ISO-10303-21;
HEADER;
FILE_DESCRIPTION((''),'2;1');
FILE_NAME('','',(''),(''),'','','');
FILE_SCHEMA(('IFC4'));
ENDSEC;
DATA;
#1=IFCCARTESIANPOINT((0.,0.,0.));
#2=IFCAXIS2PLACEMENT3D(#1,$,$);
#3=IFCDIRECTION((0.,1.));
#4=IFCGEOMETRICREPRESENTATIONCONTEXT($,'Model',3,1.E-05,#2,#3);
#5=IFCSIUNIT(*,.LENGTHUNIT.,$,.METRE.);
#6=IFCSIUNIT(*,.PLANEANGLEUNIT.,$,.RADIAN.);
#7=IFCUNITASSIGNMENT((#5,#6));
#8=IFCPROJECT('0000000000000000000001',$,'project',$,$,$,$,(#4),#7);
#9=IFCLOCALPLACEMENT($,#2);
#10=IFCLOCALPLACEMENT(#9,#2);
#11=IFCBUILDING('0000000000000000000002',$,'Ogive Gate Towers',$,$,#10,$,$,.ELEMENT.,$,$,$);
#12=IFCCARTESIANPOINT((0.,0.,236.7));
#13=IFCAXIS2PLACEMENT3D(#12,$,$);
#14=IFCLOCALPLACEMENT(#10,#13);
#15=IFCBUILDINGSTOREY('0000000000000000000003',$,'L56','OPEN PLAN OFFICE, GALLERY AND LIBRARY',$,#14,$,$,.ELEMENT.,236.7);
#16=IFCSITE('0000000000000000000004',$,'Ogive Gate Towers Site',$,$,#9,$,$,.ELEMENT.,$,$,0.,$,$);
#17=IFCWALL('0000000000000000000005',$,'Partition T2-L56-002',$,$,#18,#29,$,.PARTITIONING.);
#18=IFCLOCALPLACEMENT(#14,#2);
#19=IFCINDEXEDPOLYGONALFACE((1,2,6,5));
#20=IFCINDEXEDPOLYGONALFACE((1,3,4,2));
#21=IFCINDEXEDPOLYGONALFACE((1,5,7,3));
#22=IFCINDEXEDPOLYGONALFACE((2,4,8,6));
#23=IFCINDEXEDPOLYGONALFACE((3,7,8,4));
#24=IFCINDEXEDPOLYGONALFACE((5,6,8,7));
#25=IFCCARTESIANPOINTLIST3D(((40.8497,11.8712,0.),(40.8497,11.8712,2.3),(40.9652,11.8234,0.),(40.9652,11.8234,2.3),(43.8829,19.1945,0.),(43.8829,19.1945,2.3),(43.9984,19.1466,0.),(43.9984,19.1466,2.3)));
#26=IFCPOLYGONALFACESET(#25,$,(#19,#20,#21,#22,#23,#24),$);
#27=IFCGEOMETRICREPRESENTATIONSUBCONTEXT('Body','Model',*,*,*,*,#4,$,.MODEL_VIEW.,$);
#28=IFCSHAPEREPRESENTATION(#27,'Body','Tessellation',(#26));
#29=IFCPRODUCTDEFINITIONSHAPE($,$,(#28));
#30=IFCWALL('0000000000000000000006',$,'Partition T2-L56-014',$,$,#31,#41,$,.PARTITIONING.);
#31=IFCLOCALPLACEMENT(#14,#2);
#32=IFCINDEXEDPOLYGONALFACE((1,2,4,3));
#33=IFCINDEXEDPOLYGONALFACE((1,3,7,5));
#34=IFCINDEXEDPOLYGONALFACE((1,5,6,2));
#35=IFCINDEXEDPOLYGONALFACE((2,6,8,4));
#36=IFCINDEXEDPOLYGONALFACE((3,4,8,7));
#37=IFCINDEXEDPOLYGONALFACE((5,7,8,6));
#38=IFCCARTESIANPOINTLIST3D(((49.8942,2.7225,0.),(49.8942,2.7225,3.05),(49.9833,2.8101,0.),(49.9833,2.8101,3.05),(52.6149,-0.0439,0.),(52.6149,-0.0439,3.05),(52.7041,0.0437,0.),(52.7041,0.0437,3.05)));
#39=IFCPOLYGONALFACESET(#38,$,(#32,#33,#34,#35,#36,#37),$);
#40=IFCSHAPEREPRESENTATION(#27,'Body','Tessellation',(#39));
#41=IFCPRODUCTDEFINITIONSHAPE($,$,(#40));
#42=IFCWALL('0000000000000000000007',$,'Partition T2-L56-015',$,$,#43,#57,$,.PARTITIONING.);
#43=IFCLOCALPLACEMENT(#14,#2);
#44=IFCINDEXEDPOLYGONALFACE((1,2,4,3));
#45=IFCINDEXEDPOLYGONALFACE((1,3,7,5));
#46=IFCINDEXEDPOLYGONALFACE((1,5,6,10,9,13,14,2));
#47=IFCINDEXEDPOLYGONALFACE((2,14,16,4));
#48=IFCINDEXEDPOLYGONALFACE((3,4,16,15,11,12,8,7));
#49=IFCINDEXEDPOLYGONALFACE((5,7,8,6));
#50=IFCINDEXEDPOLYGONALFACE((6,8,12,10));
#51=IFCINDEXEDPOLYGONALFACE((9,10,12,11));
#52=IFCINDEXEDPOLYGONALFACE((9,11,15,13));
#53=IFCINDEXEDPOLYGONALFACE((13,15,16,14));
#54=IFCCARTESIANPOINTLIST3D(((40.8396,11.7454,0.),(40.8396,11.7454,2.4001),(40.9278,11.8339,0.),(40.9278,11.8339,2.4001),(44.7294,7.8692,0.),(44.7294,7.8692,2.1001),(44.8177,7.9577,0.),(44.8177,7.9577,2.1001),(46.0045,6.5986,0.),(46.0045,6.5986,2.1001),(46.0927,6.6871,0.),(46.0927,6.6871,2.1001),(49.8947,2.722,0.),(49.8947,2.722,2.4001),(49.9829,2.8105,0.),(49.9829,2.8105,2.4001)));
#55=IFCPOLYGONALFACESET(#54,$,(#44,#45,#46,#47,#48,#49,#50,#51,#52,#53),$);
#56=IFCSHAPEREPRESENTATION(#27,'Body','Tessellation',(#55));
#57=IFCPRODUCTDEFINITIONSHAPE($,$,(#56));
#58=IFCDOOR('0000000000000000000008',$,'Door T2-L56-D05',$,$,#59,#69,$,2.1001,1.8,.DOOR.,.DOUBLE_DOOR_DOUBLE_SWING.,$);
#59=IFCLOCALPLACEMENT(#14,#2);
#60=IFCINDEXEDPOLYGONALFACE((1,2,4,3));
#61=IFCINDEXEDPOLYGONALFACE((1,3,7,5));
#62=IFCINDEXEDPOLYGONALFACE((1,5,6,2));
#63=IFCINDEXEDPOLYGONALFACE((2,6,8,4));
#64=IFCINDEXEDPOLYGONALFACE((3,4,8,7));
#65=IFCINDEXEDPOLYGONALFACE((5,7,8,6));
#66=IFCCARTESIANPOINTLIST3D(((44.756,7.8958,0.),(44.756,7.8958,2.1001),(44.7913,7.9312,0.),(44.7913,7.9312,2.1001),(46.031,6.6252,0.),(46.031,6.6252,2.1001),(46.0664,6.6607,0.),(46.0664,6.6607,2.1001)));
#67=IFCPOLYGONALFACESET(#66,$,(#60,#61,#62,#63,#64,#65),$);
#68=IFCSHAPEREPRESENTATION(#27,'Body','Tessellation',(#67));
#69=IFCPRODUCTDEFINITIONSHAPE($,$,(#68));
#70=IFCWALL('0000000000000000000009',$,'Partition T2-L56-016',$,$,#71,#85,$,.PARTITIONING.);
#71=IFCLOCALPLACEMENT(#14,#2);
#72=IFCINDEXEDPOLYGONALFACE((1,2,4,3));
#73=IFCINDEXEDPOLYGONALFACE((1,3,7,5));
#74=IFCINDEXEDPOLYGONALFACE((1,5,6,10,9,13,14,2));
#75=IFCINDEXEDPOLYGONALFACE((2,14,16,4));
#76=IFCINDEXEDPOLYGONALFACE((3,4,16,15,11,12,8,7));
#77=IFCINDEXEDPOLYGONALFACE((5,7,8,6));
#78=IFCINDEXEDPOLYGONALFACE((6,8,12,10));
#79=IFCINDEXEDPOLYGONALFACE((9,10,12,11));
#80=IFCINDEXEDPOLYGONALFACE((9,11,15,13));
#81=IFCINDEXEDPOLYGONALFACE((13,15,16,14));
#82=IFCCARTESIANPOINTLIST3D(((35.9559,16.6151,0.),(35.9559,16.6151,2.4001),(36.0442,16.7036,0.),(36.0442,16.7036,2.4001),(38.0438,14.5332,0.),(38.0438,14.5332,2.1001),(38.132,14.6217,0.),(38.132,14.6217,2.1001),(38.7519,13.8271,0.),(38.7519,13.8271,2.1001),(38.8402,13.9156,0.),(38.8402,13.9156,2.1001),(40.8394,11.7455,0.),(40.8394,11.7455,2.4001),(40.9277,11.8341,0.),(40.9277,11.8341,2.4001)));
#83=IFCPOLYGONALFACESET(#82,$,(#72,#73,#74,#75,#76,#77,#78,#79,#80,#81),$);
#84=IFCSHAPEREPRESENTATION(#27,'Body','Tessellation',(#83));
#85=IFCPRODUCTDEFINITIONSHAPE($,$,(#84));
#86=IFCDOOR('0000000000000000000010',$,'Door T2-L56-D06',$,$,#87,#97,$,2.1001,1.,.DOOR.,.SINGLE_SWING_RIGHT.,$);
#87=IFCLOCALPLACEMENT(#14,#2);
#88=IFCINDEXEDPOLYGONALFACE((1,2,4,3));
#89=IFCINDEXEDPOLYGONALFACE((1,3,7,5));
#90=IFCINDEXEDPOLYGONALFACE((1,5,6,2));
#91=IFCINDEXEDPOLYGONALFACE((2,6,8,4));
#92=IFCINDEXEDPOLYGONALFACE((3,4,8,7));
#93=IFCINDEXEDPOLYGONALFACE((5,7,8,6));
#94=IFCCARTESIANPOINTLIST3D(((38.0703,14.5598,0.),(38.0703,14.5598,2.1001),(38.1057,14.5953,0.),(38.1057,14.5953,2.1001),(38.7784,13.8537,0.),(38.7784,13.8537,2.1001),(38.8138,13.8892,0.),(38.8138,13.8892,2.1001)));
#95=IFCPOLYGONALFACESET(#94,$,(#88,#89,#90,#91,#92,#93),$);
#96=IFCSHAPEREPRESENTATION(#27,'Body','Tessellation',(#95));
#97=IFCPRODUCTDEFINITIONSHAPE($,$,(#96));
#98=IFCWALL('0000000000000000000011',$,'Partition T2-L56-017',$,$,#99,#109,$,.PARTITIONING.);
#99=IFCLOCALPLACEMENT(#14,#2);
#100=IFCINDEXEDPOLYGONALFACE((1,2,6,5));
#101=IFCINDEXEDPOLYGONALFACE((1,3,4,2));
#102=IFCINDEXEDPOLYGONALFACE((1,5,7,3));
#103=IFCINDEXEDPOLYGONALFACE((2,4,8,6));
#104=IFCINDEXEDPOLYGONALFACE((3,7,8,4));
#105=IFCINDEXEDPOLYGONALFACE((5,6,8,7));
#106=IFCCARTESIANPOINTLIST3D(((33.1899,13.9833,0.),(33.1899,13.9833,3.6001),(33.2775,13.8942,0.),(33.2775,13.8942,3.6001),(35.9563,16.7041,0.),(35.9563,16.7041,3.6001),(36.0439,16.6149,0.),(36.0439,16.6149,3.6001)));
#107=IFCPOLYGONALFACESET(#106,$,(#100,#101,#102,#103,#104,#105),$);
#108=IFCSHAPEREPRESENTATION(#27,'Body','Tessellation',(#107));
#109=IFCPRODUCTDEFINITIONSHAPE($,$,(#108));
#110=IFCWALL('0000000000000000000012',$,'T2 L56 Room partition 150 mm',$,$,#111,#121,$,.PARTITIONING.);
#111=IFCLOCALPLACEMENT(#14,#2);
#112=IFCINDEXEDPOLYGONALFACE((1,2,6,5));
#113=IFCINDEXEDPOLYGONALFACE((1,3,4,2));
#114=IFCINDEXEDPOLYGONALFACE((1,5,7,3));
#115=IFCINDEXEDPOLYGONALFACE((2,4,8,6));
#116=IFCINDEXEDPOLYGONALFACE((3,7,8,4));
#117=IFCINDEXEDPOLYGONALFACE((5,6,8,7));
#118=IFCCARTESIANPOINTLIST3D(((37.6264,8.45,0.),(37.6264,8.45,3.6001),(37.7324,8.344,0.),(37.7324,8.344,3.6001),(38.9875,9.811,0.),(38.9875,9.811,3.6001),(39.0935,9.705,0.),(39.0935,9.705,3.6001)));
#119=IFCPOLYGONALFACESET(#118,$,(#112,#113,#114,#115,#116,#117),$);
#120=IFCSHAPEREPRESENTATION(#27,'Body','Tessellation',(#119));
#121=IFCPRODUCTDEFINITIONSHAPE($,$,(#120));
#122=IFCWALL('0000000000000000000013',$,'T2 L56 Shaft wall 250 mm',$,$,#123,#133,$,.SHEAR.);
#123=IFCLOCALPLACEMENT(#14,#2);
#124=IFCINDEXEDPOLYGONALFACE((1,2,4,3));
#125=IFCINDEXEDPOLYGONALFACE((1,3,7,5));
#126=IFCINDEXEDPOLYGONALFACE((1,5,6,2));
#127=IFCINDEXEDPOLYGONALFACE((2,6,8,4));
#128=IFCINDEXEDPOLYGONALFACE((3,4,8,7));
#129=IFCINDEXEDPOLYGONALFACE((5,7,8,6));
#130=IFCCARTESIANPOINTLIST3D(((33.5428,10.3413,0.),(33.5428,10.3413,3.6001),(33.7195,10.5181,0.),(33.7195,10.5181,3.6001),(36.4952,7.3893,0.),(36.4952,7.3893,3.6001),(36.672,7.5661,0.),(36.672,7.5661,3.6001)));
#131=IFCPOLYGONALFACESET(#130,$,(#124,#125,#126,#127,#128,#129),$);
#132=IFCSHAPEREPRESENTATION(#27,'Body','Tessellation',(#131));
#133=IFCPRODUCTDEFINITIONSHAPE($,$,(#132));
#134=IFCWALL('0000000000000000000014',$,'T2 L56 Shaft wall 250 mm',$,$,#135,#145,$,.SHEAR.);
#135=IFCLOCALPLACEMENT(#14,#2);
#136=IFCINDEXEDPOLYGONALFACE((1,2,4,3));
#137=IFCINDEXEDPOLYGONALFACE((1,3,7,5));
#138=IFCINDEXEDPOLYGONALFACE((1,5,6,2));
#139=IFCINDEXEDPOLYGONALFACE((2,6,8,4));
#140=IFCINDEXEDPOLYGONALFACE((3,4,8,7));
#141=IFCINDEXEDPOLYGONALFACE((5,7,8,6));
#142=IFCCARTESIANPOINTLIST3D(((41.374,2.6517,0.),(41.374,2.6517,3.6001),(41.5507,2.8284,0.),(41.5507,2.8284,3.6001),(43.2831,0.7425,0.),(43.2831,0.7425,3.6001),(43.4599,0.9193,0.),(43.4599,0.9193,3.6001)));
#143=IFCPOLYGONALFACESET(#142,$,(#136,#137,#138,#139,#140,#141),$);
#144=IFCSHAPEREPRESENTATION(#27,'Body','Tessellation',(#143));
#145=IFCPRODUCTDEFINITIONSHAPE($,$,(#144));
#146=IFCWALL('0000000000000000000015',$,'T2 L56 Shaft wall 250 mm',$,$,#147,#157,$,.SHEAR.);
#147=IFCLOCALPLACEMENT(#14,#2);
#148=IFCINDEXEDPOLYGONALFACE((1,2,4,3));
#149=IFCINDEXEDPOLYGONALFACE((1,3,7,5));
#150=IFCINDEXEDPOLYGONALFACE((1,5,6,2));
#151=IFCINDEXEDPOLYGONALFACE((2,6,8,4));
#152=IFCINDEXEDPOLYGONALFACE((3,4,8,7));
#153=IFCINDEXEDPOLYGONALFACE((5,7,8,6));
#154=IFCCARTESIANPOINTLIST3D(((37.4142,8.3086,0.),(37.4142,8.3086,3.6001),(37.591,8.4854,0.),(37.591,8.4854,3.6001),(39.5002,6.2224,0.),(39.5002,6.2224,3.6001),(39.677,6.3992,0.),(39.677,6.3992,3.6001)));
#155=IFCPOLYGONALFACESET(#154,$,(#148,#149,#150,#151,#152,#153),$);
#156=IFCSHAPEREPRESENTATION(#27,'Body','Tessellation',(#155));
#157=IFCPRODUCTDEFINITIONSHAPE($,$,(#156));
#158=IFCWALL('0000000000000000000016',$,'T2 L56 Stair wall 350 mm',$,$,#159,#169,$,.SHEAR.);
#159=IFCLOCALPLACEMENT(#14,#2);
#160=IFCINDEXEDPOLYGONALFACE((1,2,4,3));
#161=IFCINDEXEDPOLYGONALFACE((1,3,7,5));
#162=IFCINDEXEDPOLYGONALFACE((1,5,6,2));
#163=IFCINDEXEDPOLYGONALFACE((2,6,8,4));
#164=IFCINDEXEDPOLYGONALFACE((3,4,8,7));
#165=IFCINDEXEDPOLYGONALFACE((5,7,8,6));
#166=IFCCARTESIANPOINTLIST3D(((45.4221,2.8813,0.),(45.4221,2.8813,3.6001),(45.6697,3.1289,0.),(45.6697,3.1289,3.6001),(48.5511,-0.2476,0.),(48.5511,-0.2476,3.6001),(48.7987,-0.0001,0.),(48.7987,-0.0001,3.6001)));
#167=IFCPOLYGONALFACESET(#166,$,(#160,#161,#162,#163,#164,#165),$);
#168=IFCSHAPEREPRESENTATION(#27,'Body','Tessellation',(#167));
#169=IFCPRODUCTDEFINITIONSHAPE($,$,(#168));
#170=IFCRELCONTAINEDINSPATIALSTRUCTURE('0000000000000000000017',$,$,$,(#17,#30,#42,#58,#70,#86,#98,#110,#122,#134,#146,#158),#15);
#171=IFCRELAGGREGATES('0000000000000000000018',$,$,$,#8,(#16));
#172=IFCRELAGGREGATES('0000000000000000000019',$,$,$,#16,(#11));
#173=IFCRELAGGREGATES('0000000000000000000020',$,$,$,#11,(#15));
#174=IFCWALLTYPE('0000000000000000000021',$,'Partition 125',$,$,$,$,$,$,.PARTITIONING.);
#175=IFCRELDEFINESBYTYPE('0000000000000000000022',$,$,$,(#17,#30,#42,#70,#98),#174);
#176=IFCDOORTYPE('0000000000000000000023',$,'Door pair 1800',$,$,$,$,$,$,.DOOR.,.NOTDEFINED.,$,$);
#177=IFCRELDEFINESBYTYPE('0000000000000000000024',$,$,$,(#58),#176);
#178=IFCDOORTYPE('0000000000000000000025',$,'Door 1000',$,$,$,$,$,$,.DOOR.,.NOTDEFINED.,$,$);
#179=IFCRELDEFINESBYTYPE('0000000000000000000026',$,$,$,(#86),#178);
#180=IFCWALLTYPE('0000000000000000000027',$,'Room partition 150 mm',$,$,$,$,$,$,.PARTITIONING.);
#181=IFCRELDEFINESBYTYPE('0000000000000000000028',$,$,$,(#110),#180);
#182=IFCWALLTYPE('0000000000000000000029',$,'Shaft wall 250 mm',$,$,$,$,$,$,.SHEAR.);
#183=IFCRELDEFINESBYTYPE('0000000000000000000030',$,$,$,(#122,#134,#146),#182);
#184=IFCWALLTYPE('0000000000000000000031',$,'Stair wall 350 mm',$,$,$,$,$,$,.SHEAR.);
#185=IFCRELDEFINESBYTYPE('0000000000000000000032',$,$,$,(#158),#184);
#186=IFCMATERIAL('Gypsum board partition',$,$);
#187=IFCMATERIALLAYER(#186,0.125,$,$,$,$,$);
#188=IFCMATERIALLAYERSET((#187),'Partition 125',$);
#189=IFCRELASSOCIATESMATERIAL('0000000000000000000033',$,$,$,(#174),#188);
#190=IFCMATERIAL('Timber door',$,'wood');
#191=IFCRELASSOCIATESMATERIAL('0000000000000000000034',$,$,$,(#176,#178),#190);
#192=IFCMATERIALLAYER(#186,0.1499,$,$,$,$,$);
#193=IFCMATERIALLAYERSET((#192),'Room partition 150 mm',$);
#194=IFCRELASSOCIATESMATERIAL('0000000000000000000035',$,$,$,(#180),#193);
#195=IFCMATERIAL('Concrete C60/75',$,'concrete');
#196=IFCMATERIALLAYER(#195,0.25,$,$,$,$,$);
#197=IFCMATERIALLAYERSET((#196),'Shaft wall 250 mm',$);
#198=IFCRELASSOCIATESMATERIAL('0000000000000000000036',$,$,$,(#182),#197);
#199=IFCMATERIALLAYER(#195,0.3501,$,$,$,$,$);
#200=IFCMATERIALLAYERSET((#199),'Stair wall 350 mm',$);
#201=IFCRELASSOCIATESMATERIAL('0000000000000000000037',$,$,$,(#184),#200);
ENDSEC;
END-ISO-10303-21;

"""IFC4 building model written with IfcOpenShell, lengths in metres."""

from ifc_helpers import new_model, si_unit, direction, frame, frame_2d, origin, place, context, subcontext, project, spatial, rectangle, extrude, material, layer, layer_set, type_object, element, fill, save


model = new_model("IFC4")

# Units and contexts
model_context = context("Model", 3, precision=1e-05, world=origin(), true_north=direction((0.0, 1.0)))
body_context = subcontext(model_context, "Body", "Model", "MODEL_VIEW")
ifc_project = project(units=[si_unit("LENGTHUNIT", "METRE"), si_unit("PLANEANGLEUNIT", "RADIAN")], contexts=[model_context])

# Site, building, storey
site_placement = place(None, origin())
site = spatial("IfcSite", under=ifc_project, at=site_placement, Name="Ogive Gate Towers Site", CompositionType="ELEMENT", RefElevation=0.0)
building_placement = place(site_placement, origin())
building = spatial("IfcBuilding", under=site, at=building_placement, Name="Ogive Gate Towers", CompositionType="ELEMENT")
storey_placement = place(building_placement, frame((0.0, 0.0, 236.7)))
storey = spatial("IfcBuildingStorey", under=building, at=storey_placement, Name="L56", Description="OPEN PLAN OFFICE, GALLERY AND LIBRARY", CompositionType="ELEMENT", Elevation=236.7)

# Shared definitions
ifc_material_1 = material(Name="Concrete C60/75", Category="concrete")

# Walls
ifc_material_2 = material(Name="Gypsum board partition")
ifc_layer_1 = layer(ifc_material_2, 0.125)
ifc_layer_set_1 = layer_set([ifc_layer_1], Name="Partition 125")
wall_type_1 = type_object("IfcWallType", Name="Partition 125", PredefinedType="PARTITIONING", material=ifc_layer_set_1)
wall_1_placement = place(storey_placement, frame((43.9407, 19.1707, 0.0), z_axis=(0.0, 0.0, 1.0), x_axis=(-0.382664, -0.923888, 0.0)))
element("IfcWall", 1, at=wall_1_placement, inside=storey, type_object=wall_type_1, Name="Partition T2-L56-002", PredefinedType="PARTITIONING", context=body_context, shape_type="SweptSolid", body=[
    extrude(rectangle(XDim=7.9265, YDim=0.125, at=frame_2d((3.9634, 0.0))), origin(), (0.0, 0.0, 1.0), 2.3),
])
wall_2_placement = place(storey_placement, frame((52.6594, 0.0, 0.0), z_axis=(0.0, 0.0, 1.0), x_axis=(-0.701199, 0.712965, 0.0)))
element("IfcWall", 2, at=wall_2_placement, inside=storey, type_object=wall_type_1, Name="Partition T2-L56-014", PredefinedType="PARTITIONING", context=body_context, shape_type="SweptSolid", body=[
    extrude(rectangle(XDim=3.8801, YDim=0.125, at=frame_2d((1.9399, 0.0))), origin(), (0.0, 0.0, 1.0), 3.05),
])

# Walls, openings, doors
wall_3_placement = place(storey_placement, frame((49.9387, 2.7664, 0.0), z_axis=(0.0, 0.0, 1.0), x_axis=(-0.708347, 0.705864, 0.0)))
wall_3 = element("IfcWall", 3, at=wall_3_placement, inside=storey, type_object=wall_type_1, Name="Partition T2-L56-015", PredefinedType="PARTITIONING", context=body_context, shape_type="SweptSolid", body=[
    extrude(rectangle(XDim=12.7834, YDim=0.125, at=frame_2d((6.3916, 0.0))), origin(), (0.0, 0.0, 1.0), 2.4001),
])
opening_1_placement = place(wall_3_placement, frame((5.4919, 0.0, 0.0)))
opening_1 = element("IfcOpeningElement", 4, at=opening_1_placement, cuts=wall_3, PredefinedType="OPENING", context=body_context, shape_type="SweptSolid", body=[
    extrude(rectangle(XDim=1.8, YDim=2.1001, at=frame_2d((0.8999, 1.05))), frame((0.0, 0.0725, 0.0), z_axis=(0.0, -1.0, 0.0), x_axis=(1.0, 0.0, 0.0)), (0.0, 0.0, 1.0), 0.145),
])
ifc_material_3 = material(Name="Timber door", Category="wood")
door_type_1 = type_object("IfcDoorType", Name="Door pair 1800", OperationType="NOTDEFINED", PredefinedType="DOOR", material=ifc_material_3)
door_1_placement = place(opening_1_placement, origin())
door_1 = element("IfcDoor", 5, at=door_1_placement, inside=storey, type_object=door_type_1, Name="Door T2-L56-D05", OperationType="DOUBLE_DOOR_DOUBLE_SWING", OverallHeight=2.1001, OverallWidth=1.8, PredefinedType="DOOR", context=body_context, shape_type="SweptSolid", body=[
    extrude(rectangle(XDim=1.8, YDim=2.1001, at=frame_2d((0.8999, 1.05))), frame((0.0, 0.0249, 0.0), z_axis=(0.0, -1.0, 0.0), x_axis=(1.0, 0.0, 0.0)), (0.0, 0.0, 1.0), 0.05),
])
fill(opening_1, door_1)
wall_4_placement = place(storey_placement, frame((40.8835, 11.7898, 0.0), z_axis=(0.0, 0.0, 1.0), x_axis=(-0.708115, 0.706097, 0.0)))
wall_4 = element("IfcWall", 6, at=wall_4_placement, inside=storey, type_object=wall_type_1, Name="Partition T2-L56-016", PredefinedType="PARTITIONING", context=body_context, shape_type="SweptSolid", body=[
    extrude(rectangle(XDim=6.8965, YDim=0.125, at=frame_2d((3.4482, 0.0))), origin(), (0.0, 0.0, 1.0), 2.4001),
])
opening_2_placement = place(wall_4_placement, frame((2.948, 0.0, 0.0)))
opening_2 = element("IfcOpeningElement", 7, at=opening_2_placement, cuts=wall_4, PredefinedType="OPENING", context=body_context, shape_type="SweptSolid", body=[
    extrude(rectangle(XDim=1.0, YDim=2.1001, at=frame_2d((0.5, 1.05))), frame((0.0, 0.0725, 0.0), z_axis=(0.0, -1.0, 0.0), x_axis=(1.0, 0.0, 0.0)), (0.0, 0.0, 1.0), 0.145),
])
door_type_2 = type_object("IfcDoorType", Name="Door 1000", OperationType="NOTDEFINED", PredefinedType="DOOR", material=ifc_material_3)
door_2_placement = place(opening_2_placement, origin())
door_2 = element("IfcDoor", 8, at=door_2_placement, inside=storey, type_object=door_type_2, Name="Door T2-L56-D06", OperationType="SINGLE_SWING_RIGHT", OverallHeight=2.1001, OverallWidth=1.0, PredefinedType="DOOR", context=body_context, shape_type="SweptSolid", body=[
    extrude(rectangle(XDim=1.0, YDim=2.1001, at=frame_2d((0.5, 1.05))), frame((0.0, 0.0249, 0.0), z_axis=(0.0, -1.0, 0.0), x_axis=(1.0, 0.0, 0.0)), (0.0, 0.0, 1.0), 0.05),
])
fill(opening_2, door_2)

# Walls
wall_5_placement = place(storey_placement, frame((36.0, 16.6594, 0.0), z_axis=(0.0, 0.0, 1.0), x_axis=(-0.712965, -0.701199, 0.0)))
element("IfcWall", 9, at=wall_5_placement, inside=storey, type_object=wall_type_1, Name="Partition T2-L56-017", PredefinedType="PARTITIONING", context=body_context, shape_type="SweptSolid", body=[
    extrude(rectangle(XDim=3.8801, YDim=0.125, at=frame_2d((1.9399, 0.0))), origin(), (0.0, 0.0, 1.0), 3.6001),
])
ifc_layer_2 = layer(ifc_material_2, 0.1499)
ifc_layer_set_2 = layer_set([ifc_layer_2], Name="Room partition 150 mm")
wall_type_2 = type_object("IfcWallType", Name="Room partition 150 mm", PredefinedType="PARTITIONING", material=ifc_layer_set_2)
wall_6_placement = place(storey_placement, frame((37.6794, 8.397, 0.0), z_axis=(0.0, 0.0, 1.0), x_axis=(0.707107, 0.707107, 0.0)))
element("IfcWall", 10, at=wall_6_placement, inside=storey, type_object=wall_type_2, Name="T2 L56 Room partition 150 mm", PredefinedType="PARTITIONING", context=body_context, shape_type="SweptSolid", body=[
    extrude(rectangle(XDim=1.9248, YDim=0.1499, at=frame_2d((0.9624, 0.0))), origin(), (0.0, 0.0, 1.0), 3.6001),
])
ifc_layer_3 = layer(ifc_material_1, 0.25)
ifc_layer_set_3 = layer_set([ifc_layer_3], Name="Shaft wall 250 mm")
wall_type_3 = type_object("IfcWallType", Name="Shaft wall 250 mm", PredefinedType="SHEAR", material=ifc_layer_set_3)
wall_7_placement = place(storey_placement, frame((36.5835, 7.4778, 0.0), z_axis=(0.0, 0.0, 1.0), x_axis=(-0.707165, 0.707048, 0.0)))
element("IfcWall", 11, at=wall_7_placement, inside=storey, type_object=wall_type_3, Name="T2 L56 Shaft wall 250 mm", PredefinedType="SHEAR", context=body_context, shape_type="SweptSolid", body=[
    extrude(rectangle(XDim=4.175, YDim=0.25, at=frame_2d((2.0874, 0.0))), origin(), (0.0, 0.0, 1.0), 3.6001),
])
wall_8_placement = place(storey_placement, frame((43.3716, 0.8308, 0.0), z_axis=(0.0, 0.0, 1.0), x_axis=(-0.707107, 0.707107, 0.0)))
element("IfcWall", 12, at=wall_8_placement, inside=storey, type_object=wall_type_3, Name="T2 L56 Shaft wall 250 mm", PredefinedType="SHEAR", context=body_context, shape_type="SweptSolid", body=[
    extrude(rectangle(XDim=2.7, YDim=0.25, at=frame_2d((1.3501, 0.0))), origin(), (0.0, 0.0, 1.0), 3.6001),
])
wall_9_placement = place(storey_placement, frame((39.5886, 6.3108, 0.0), z_axis=(0.0, 0.0, 1.0), x_axis=(-0.707065, 0.707148, 0.0)))
element("IfcWall", 13, at=wall_9_placement, inside=storey, type_object=wall_type_3, Name="T2 L56 Shaft wall 250 mm", PredefinedType="SHEAR", context=body_context, shape_type="SweptSolid", body=[
    extrude(rectangle(XDim=2.9502, YDim=0.25, at=frame_2d((1.4751, 0.0))), origin(), (0.0, 0.0, 1.0), 3.6001),
])
ifc_layer_4 = layer(ifc_material_1, 0.3501)
ifc_layer_set_4 = layer_set([ifc_layer_4], Name="Stair wall 350 mm")
wall_type_4 = type_object("IfcWallType", Name="Stair wall 350 mm", PredefinedType="SHEAR", material=ifc_layer_set_4)
wall_10_placement = place(storey_placement, frame((48.6748, -0.1238, 0.0), z_axis=(0.0, 0.0, 1.0), x_axis=(-0.707107, 0.707107, 0.0)))
element("IfcWall", 14, at=wall_10_placement, inside=storey, type_object=wall_type_4, Name="T2 L56 Stair wall 350 mm", PredefinedType="SHEAR", context=body_context, shape_type="SweptSolid", body=[
    extrude(rectangle(XDim=4.425, YDim=0.3501, at=frame_2d((2.2124, 0.0))), origin(), (0.0, 0.0, 1.0), 3.6001),
])

save(model, "model.ifc")
